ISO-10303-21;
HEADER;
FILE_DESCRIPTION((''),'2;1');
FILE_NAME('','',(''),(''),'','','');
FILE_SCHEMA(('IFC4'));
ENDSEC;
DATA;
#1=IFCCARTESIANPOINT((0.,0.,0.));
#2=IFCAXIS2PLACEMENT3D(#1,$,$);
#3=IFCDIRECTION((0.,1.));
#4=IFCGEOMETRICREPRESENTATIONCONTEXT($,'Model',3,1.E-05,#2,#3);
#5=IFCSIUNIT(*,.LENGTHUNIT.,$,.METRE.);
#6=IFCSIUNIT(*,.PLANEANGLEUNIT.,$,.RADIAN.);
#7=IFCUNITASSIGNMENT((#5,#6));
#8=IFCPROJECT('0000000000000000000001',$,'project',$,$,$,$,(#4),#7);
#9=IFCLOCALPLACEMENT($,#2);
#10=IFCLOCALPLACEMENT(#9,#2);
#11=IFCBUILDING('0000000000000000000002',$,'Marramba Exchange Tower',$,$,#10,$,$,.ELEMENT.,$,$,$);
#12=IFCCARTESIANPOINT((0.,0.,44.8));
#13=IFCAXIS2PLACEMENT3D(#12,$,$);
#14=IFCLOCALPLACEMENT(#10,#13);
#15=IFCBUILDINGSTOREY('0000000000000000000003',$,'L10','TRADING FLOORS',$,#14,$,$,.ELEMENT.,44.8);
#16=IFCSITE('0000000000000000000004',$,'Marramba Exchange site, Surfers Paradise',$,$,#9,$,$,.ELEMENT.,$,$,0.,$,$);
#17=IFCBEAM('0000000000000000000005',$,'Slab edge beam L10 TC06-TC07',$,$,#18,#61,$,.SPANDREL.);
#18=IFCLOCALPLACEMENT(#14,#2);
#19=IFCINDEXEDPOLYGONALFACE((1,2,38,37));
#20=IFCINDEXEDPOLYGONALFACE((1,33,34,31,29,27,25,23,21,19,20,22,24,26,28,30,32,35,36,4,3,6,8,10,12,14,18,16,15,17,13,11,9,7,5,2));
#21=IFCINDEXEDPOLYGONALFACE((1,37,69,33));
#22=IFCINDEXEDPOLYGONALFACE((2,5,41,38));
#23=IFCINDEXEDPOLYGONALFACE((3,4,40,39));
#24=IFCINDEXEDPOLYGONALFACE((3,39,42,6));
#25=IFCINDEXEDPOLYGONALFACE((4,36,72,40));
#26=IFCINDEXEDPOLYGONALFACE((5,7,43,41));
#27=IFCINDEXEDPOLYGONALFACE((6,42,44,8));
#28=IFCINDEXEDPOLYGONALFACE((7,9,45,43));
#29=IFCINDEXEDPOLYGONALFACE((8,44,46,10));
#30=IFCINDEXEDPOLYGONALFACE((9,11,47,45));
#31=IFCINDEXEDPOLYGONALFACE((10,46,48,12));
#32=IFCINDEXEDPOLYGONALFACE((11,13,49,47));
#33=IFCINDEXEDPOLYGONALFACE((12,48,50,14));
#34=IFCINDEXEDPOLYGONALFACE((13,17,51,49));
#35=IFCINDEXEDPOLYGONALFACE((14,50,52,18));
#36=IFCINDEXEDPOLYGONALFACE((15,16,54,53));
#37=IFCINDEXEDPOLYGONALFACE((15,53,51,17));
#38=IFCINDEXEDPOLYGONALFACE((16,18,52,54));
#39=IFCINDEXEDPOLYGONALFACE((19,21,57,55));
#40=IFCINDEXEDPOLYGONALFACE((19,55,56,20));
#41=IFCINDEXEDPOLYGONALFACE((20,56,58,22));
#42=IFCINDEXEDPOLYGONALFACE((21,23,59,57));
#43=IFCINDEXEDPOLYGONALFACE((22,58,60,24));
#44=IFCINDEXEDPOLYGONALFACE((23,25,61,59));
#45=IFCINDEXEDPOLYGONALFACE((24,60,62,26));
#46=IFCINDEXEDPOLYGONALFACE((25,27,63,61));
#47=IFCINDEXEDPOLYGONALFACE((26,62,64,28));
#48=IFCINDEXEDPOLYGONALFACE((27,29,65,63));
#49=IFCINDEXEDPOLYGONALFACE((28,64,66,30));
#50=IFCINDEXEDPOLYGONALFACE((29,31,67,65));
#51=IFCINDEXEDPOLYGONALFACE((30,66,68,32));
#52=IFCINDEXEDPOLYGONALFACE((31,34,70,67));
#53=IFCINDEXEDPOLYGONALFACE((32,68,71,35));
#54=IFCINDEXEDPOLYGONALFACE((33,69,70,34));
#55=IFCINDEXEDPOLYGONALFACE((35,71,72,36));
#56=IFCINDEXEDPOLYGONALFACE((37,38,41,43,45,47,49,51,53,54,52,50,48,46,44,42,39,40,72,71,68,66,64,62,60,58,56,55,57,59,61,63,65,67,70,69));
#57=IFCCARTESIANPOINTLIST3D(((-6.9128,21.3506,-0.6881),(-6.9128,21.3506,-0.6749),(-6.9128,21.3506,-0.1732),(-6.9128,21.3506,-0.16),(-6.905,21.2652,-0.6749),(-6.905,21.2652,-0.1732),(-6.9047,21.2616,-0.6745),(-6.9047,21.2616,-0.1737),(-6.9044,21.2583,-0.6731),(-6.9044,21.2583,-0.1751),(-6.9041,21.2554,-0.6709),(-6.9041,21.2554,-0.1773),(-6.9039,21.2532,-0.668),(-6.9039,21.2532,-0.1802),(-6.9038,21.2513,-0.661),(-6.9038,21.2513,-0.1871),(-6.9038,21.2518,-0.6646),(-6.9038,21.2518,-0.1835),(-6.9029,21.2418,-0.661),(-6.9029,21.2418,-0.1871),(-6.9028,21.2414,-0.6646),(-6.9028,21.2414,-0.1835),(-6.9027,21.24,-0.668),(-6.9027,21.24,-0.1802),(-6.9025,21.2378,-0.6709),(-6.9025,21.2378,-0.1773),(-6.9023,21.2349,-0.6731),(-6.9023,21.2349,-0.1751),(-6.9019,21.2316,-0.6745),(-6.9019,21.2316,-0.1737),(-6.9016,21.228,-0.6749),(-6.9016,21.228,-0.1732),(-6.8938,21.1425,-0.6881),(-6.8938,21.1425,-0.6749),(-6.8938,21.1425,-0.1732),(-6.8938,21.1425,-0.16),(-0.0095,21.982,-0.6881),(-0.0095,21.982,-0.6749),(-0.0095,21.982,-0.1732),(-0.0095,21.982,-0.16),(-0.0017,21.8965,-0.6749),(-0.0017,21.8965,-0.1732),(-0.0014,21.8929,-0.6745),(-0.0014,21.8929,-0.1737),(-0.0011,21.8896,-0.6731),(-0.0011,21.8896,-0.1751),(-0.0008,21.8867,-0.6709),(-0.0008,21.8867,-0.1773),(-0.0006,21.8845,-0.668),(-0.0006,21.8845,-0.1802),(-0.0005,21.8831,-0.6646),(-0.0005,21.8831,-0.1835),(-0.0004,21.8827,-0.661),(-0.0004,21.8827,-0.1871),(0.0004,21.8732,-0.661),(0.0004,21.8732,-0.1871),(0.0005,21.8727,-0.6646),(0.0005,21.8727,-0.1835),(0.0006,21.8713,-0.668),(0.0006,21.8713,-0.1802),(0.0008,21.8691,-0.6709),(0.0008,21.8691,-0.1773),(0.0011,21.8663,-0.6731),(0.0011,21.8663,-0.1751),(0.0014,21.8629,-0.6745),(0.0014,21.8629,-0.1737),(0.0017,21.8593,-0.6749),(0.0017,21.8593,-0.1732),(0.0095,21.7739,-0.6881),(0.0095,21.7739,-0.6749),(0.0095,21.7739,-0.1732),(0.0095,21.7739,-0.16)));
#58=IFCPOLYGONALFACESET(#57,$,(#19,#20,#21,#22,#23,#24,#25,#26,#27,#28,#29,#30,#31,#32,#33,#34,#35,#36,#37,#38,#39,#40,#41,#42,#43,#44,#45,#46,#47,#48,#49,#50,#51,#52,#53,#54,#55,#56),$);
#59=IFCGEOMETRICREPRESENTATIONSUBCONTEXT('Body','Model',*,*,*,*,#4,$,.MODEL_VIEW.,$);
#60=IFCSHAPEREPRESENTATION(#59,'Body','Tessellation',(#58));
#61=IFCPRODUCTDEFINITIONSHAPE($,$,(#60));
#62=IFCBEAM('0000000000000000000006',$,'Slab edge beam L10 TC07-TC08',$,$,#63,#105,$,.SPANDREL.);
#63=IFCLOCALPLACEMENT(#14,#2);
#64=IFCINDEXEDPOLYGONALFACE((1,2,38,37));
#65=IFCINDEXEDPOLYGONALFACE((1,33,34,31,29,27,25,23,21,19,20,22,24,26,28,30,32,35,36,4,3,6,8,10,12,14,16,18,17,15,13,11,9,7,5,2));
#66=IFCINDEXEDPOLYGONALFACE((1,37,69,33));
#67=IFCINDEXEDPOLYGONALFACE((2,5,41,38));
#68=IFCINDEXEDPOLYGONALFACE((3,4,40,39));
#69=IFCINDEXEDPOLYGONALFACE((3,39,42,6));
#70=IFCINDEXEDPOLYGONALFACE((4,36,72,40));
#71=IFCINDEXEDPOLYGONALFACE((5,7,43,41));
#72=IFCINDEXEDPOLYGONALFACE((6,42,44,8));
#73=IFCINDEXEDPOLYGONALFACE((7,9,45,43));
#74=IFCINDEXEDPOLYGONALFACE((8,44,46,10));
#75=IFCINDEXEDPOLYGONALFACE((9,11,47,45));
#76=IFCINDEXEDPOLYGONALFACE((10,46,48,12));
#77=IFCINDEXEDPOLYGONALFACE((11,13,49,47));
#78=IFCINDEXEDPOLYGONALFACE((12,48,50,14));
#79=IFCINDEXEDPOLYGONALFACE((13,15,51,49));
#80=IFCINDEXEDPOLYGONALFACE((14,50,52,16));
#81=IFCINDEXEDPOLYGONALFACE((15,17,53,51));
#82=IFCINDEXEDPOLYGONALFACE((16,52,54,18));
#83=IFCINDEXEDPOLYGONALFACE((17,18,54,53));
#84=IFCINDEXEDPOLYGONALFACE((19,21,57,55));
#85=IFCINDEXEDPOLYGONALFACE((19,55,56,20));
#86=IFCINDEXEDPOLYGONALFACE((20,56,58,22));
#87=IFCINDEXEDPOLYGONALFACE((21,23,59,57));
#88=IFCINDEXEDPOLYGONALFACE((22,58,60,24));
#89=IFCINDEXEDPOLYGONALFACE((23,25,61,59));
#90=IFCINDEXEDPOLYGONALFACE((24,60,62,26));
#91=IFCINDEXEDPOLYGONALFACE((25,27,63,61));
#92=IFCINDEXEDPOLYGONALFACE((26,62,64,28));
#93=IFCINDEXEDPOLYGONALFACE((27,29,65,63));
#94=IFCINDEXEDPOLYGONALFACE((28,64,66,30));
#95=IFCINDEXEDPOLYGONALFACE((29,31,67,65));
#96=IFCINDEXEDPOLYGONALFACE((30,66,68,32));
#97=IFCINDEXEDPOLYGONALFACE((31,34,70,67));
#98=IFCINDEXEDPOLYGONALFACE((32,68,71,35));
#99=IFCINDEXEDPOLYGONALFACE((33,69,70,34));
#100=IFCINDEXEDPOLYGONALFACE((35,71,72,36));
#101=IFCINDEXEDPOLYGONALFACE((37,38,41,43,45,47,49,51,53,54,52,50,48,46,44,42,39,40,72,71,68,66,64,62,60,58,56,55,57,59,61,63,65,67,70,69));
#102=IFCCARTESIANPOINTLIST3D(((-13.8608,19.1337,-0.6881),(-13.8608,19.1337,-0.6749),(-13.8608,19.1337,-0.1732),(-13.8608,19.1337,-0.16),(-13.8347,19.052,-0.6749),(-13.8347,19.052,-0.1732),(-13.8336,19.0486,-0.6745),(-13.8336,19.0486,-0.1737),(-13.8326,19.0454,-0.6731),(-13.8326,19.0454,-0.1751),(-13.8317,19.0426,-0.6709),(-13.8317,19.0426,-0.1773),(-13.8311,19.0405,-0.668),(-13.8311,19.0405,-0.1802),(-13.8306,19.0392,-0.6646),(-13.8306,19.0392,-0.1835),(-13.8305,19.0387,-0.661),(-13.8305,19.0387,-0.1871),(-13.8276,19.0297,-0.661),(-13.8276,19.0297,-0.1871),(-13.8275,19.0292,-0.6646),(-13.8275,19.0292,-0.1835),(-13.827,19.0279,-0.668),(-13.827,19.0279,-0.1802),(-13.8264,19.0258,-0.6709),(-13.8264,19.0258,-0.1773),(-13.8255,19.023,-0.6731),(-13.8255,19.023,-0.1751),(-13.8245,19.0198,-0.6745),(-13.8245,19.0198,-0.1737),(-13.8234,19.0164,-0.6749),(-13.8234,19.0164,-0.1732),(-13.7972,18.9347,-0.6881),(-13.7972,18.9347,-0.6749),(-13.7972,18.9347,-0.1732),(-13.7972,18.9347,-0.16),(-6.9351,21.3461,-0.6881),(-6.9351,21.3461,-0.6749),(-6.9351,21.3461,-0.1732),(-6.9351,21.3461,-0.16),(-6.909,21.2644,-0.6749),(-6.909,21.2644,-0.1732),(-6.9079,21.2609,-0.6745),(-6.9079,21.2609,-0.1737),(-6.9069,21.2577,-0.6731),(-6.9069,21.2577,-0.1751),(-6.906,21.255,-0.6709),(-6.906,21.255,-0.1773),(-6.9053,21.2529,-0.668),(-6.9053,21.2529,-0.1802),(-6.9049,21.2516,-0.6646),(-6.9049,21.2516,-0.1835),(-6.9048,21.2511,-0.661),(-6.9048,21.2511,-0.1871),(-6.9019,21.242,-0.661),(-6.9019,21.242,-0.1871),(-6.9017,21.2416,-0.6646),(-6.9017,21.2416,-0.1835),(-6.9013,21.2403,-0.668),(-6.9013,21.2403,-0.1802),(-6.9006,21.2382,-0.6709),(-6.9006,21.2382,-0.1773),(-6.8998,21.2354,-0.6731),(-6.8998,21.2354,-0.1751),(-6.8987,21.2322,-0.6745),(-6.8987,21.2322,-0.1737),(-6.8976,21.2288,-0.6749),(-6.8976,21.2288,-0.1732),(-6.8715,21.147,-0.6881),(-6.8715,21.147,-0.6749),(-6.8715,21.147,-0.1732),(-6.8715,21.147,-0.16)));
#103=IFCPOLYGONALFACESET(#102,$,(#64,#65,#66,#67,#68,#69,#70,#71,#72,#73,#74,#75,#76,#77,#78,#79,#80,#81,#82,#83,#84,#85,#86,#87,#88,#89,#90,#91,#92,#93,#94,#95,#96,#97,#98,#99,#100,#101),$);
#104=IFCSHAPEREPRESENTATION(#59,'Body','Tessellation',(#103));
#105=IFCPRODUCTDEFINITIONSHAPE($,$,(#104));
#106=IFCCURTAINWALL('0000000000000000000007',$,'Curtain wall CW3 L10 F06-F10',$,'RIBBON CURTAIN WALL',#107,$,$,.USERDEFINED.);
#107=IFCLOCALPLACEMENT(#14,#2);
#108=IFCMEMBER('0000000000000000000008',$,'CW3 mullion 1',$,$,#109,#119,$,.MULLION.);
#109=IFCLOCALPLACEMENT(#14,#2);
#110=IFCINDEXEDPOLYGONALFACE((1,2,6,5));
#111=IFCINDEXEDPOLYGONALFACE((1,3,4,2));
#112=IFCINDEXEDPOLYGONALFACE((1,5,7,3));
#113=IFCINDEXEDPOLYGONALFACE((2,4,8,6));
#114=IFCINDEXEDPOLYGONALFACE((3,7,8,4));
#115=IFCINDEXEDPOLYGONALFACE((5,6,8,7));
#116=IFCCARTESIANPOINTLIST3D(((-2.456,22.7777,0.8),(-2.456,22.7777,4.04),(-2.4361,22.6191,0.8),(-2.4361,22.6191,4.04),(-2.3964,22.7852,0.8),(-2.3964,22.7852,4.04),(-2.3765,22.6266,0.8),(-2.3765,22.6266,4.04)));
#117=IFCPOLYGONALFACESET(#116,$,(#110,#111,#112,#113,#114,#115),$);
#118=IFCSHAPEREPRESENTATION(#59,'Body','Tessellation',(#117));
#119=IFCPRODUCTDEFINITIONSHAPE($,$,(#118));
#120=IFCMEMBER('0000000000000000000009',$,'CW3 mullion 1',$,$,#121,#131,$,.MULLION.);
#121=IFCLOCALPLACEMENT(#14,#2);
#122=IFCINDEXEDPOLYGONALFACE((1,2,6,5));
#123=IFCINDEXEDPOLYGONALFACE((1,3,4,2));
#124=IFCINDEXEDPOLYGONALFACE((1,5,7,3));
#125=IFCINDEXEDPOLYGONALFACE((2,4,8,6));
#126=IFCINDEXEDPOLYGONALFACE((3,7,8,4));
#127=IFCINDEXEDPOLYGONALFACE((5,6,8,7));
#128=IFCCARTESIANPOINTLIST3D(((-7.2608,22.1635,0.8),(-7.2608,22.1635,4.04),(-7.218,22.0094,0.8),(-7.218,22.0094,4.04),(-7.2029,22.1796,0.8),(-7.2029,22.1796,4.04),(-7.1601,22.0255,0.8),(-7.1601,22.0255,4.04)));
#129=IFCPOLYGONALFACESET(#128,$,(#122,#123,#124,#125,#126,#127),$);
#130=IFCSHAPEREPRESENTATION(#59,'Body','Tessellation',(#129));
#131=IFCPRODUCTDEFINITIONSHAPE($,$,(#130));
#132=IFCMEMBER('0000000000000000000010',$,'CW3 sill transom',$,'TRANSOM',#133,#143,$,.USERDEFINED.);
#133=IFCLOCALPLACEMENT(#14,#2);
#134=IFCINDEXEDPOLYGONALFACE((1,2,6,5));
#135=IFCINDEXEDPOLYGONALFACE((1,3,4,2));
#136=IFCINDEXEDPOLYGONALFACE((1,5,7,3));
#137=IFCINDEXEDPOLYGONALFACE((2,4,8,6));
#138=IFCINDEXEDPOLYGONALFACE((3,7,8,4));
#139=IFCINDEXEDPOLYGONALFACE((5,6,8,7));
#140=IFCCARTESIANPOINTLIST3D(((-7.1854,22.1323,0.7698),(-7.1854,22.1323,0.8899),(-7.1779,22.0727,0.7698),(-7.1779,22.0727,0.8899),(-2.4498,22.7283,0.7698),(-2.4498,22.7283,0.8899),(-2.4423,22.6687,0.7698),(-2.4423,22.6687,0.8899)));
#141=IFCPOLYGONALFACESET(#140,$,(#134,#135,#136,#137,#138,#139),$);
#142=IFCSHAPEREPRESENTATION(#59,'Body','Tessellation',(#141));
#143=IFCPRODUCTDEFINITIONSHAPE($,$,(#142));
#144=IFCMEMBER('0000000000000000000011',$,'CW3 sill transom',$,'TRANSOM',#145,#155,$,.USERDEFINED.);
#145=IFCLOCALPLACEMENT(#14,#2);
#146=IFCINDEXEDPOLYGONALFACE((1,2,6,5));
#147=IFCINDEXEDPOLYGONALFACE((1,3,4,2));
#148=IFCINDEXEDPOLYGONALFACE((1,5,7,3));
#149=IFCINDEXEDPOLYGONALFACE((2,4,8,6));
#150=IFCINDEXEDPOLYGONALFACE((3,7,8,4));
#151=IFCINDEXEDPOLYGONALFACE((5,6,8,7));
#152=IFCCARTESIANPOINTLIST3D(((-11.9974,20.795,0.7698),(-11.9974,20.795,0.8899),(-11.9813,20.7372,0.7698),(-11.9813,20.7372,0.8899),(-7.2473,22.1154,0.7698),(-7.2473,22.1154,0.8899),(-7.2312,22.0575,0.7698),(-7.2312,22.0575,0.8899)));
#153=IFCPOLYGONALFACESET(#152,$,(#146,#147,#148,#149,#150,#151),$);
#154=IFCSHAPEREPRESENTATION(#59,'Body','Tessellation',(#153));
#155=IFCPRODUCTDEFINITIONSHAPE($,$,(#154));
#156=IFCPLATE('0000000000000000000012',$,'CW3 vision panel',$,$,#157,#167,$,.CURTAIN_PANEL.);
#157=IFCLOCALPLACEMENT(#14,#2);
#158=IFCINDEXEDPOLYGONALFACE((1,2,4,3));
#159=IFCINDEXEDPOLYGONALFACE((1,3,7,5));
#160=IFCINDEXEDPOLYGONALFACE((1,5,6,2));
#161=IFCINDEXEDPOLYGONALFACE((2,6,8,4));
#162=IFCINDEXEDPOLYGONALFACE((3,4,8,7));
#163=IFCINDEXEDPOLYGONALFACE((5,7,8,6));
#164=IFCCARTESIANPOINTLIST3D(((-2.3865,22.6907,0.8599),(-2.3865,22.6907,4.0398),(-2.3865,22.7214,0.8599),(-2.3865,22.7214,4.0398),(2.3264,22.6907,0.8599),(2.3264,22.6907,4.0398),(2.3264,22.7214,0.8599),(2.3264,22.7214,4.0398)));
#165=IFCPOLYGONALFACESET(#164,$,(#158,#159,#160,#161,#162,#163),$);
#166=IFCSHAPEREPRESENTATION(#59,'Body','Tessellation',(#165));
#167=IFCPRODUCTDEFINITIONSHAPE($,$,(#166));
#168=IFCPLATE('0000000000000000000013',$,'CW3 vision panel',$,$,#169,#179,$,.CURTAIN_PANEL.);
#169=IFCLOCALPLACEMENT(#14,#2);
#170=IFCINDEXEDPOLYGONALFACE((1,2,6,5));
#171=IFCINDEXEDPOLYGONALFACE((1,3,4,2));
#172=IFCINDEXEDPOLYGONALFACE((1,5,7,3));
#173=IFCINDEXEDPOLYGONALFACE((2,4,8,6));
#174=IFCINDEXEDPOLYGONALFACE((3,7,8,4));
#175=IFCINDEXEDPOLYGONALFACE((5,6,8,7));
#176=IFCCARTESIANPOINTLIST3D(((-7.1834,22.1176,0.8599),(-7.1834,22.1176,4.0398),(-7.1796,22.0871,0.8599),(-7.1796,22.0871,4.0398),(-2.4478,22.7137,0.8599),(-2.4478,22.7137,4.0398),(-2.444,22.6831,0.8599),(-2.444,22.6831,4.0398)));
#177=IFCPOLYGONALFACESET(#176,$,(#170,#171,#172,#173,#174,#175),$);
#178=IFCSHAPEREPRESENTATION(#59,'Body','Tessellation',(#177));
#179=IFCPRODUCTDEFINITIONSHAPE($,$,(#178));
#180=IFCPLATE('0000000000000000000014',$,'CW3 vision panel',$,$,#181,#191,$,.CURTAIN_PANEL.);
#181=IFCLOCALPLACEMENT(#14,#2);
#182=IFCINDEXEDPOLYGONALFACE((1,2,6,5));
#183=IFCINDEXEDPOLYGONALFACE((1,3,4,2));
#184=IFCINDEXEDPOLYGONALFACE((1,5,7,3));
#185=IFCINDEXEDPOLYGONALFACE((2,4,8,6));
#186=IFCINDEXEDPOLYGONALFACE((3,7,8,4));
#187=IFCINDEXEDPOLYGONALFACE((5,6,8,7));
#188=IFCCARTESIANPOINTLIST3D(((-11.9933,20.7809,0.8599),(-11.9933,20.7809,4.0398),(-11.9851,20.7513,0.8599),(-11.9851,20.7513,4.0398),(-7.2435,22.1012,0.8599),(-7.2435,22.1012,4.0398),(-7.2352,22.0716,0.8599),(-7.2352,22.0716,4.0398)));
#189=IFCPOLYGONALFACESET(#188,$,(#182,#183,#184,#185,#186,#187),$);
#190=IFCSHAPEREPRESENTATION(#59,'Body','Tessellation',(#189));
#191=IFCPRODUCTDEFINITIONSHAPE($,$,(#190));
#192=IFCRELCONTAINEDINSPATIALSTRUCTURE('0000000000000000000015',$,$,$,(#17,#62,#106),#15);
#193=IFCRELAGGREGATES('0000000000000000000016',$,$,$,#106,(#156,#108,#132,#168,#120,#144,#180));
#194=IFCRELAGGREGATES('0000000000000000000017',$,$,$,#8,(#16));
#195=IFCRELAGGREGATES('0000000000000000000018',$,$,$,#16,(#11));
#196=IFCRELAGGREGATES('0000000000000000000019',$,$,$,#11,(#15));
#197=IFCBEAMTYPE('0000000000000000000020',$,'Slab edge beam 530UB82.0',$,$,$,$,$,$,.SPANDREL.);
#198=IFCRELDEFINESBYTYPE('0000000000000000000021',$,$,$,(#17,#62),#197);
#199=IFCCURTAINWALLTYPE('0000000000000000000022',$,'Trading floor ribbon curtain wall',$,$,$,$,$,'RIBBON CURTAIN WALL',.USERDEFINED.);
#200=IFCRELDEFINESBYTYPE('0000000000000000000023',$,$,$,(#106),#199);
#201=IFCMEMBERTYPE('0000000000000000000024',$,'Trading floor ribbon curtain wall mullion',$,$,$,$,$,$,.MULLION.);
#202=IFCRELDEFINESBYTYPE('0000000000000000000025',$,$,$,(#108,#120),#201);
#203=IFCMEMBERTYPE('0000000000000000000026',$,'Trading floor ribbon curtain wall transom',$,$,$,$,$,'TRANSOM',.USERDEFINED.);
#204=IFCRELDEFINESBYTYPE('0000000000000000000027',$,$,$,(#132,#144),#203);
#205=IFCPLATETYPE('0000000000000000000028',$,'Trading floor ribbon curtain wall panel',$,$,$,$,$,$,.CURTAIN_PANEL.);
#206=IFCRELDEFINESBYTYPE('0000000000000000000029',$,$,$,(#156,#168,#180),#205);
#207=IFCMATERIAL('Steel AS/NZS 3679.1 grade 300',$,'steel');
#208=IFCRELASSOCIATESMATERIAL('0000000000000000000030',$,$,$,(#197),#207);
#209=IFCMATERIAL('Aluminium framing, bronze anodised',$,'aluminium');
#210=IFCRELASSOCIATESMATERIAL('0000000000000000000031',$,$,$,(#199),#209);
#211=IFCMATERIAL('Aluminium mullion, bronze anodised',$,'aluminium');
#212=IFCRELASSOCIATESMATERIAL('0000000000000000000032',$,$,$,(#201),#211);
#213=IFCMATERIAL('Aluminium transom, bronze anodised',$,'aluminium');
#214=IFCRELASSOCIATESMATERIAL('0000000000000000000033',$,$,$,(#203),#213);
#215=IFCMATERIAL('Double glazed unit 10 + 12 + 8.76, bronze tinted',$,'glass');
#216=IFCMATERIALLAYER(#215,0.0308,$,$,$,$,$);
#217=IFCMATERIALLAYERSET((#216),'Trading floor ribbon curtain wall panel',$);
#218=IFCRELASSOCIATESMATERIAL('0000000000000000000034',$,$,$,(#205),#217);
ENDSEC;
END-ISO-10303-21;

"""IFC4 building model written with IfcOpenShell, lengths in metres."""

from ifc_helpers import new_model, si_unit, direction, frame, origin, origin_2d, place, context, subcontext, project, spatial, rectangle, i_section, extrude, material, layer, layer_set, material_profile, profile_set, type_object, element, aggregate, save


model = new_model("IFC4")

# Units and contexts
model_context = context("Model", 3, precision=1e-05, world=origin(), true_north=direction((0.0, 1.0)))
body_context = subcontext(model_context, "Body", "Model", "MODEL_VIEW")
ifc_project = project(units=[si_unit("LENGTHUNIT", "METRE"), si_unit("PLANEANGLEUNIT", "RADIAN")], contexts=[model_context])

# Site, building, storey
site_placement = place(None, origin())
site = spatial("IfcSite", under=ifc_project, at=site_placement, Name="Marramba Exchange site, Surfers Paradise", CompositionType="ELEMENT", RefElevation=0.0)
building_placement = place(site_placement, origin())
building = spatial("IfcBuilding", under=site, at=building_placement, Name="Marramba Exchange Tower", CompositionType="ELEMENT")
storey_placement = place(building_placement, frame((0.0, 0.0, 44.8)))
storey = spatial("IfcBuildingStorey", under=building, at=storey_placement, Name="L10", Description="TRADING FLOORS", CompositionType="ELEMENT", Elevation=44.8)

# Beams
ifc_material_1 = material(Name="Steel AS/NZS 3679.1 grade 300", Category="steel")
ifc_material_profile_1 = material_profile(ifc_material_1, i_section(OverallWidth=0.209, OverallDepth=0.5281, WebThickness=0.0095, FlangeThickness=0.0132, FilletRadius=0.0139, at=origin_2d()), Name="530UB82.0")
ifc_profile_set_1 = profile_set([ifc_material_profile_1], Name="Steel AS/NZS 3679.1 grade 300")
beam_type_1 = type_object("IfcBeamType", Name="Slab edge beam 530UB82.0", PredefinedType="SPANDREL", material=ifc_profile_set_1)
beam_1_placement = place(storey_placement, frame((0.0, 21.8779, -0.4241), z_axis=(-0.995844, -0.091076, 0.0), x_axis=(0.091076, -0.995844, 0.0)))
element("IfcBeam", 1, at=beam_1_placement, inside=storey, type_object=beam_type_1, Name="Slab edge beam L10 TC06-TC07", PredefinedType="SPANDREL", context=body_context, shape_type="SweptSolid", body=[
    extrude(i_section(OverallWidth=0.209, OverallDepth=0.5281, WebThickness=0.0095, FlangeThickness=0.0132, FilletRadius=0.0139, at=origin_2d()), origin(), (0.0, 0.0, 1.0), 6.9321),
])
beam_2_placement = place(storey_placement, frame((-6.9033, 21.2466, -0.4241), z_axis=(-0.952578, -0.304296, 0.0), x_axis=(0.304296, -0.952578, 0.0)))
element("IfcBeam", 2, at=beam_2_placement, inside=storey, type_object=beam_type_1, Name="Slab edge beam L10 TC07-TC08", PredefinedType="SPANDREL", context=body_context, shape_type="SweptSolid", body=[
    extrude(i_section(OverallWidth=0.209, OverallDepth=0.5281, WebThickness=0.0095, FlangeThickness=0.0132, FilletRadius=0.0139, at=origin_2d()), origin(), (0.0, 0.0, 1.0), 7.2705),
])

# Curtain wall, members, plates
ifc_material_2 = material(Name="Aluminium framing, bronze anodised", Category="aluminium")
curtain_wall_type = type_object("IfcCurtainWallType", Name="Trading floor ribbon curtain wall", ElementType="RIBBON CURTAIN WALL", PredefinedType="USERDEFINED", material=ifc_material_2)
curtain_wall_placement = place(storey_placement, origin())
curtain_wall = element("IfcCurtainWall", 3, at=curtain_wall_placement, inside=storey, type_object=curtain_wall_type, Name="Curtain wall CW3 L10 F06-F10", ObjectType="RIBBON CURTAIN WALL", PredefinedType="USERDEFINED")
ifc_material_3 = material(Name="Aluminium mullion, bronze anodised", Category="aluminium")
ifc_material_profile_2 = material_profile(ifc_material_3, rectangle(XDim=0.1599, YDim=0.0601, at=origin_2d()), Name="CW3 mullion 60x160")
ifc_profile_set_2 = profile_set([ifc_material_profile_2], Name="Aluminium mullion, bronze anodised")
member_type_1 = type_object("IfcMemberType", Name="Trading floor ribbon curtain wall mullion", PredefinedType="MULLION", material=ifc_profile_set_2)
member_1_placement = place(storey_placement, frame((-2.4163, 22.7021, 0.8), z_axis=(0.0, 0.0, 1.0), x_axis=(0.124873, -0.992173, 0.0)))
member_1 = element("IfcMember", 4, at=member_1_placement, type_object=member_type_1, Name="CW3 mullion 1", PredefinedType="MULLION", context=body_context, shape_type="SweptSolid", body=[
    extrude(rectangle(XDim=0.1599, YDim=0.0601, at=origin_2d()), origin(), (0.0, 0.0, 1.0), 3.24),
])
member_2_placement = place(storey_placement, frame((-7.2104, 22.0945, 0.8), z_axis=(0.0, 0.0, 1.0), x_axis=(0.267809, -0.963472, 0.0)))
member_2 = element("IfcMember", 5, at=member_2_placement, type_object=member_type_1, Name="CW3 mullion 1", PredefinedType="MULLION", context=body_context, shape_type="SweptSolid", body=[
    extrude(rectangle(XDim=0.1599, YDim=0.0601, at=origin_2d()), origin(), (0.0, 0.0, 1.0), 3.24),
])
ifc_material_4 = material(Name="Aluminium transom, bronze anodised", Category="aluminium")
ifc_material_profile_3 = material_profile(ifc_material_4, rectangle(XDim=0.0601, YDim=0.1201, at=origin_2d()), Name="CW3 transom 60x120")
ifc_profile_set_3 = profile_set([ifc_material_profile_3], Name="Aluminium transom, bronze anodised")
member_type_2 = type_object("IfcMemberType", Name="Trading floor ribbon curtain wall transom", ElementType="TRANSOM", PredefinedType="USERDEFINED", material=ifc_profile_set_3)
member_3_placement = place(storey_placement, frame((-2.446, 22.6985, 0.8298), z_axis=(-0.992174, -0.124859, 0.0), x_axis=(0.124859, -0.992174, 0.0)))
member_3 = element("IfcMember", 6, at=member_3_placement, type_object=member_type_2, Name="CW3 sill transom", ObjectType="TRANSOM", PredefinedType="USERDEFINED", context=body_context, shape_type="SweptSolid", body=[
    extrude(rectangle(XDim=0.0601, YDim=0.1201, at=origin_2d()), origin(), (0.0, 0.0, 1.0), 4.7729),
])
member_4_placement = place(storey_placement, frame((-7.2393, 22.0864, 0.8298), z_axis=(-0.963472, -0.267807, 0.0), x_axis=(0.267807, -0.963472, 0.0)))
member_4 = element("IfcMember", 7, at=member_4_placement, type_object=member_type_2, Name="CW3 sill transom", ObjectType="TRANSOM", PredefinedType="USERDEFINED", context=body_context, shape_type="SweptSolid", body=[
    extrude(rectangle(XDim=0.0601, YDim=0.1201, at=origin_2d()), origin(), (0.0, 0.0, 1.0), 4.9302),
])
ifc_material_5 = material(Name="Double glazed unit 10 + 12 + 8.76, bronze tinted", Category="glass")
ifc_layer_1 = layer(ifc_material_5, 0.0308)
ifc_layer_set_1 = layer_set([ifc_layer_1], Name="Trading floor ribbon curtain wall panel")
plate_type = type_object("IfcPlateType", Name="Trading floor ribbon curtain wall panel", PredefinedType="CURTAIN_PANEL", material=ifc_layer_set_1)
plate_1_placement = place(storey_placement, frame((-0.03, 22.7061, 0.8599), z_axis=(0.0, 0.0, 1.0), x_axis=(-1.0, 0.0, 0.0)))
plate_1 = element("IfcPlate", 8, at=plate_1_placement, type_object=plate_type, Name="CW3 vision panel", PredefinedType="CURTAIN_PANEL", context=body_context, shape_type="SweptSolid", body=[
    extrude(rectangle(XDim=4.7129, YDim=0.0308, at=origin_2d()), origin(), (0.0, 0.0, 1.0), 3.1799),
])
plate_2_placement = place(storey_placement, frame((-4.8137, 22.4004, 0.8599), z_axis=(0.0, 0.0, 1.0), x_axis=(-0.992173, -0.124873, 0.0)))
plate_2 = element("IfcPlate", 9, at=plate_2_placement, type_object=plate_type, Name="CW3 vision panel", PredefinedType="CURTAIN_PANEL", context=body_context, shape_type="SweptSolid", body=[
    extrude(rectangle(XDim=4.7729, YDim=0.0308, at=origin_2d()), origin(), (0.0, 0.0, 1.0), 3.1799),
])
plate_3_placement = place(storey_placement, frame((-9.6143, 21.4263, 0.8599), z_axis=(0.0, 0.0, 1.0), x_axis=(-0.963472, -0.267809, 0.0)))
plate_3 = element("IfcPlate", 10, at=plate_3_placement, type_object=plate_type, Name="CW3 vision panel", PredefinedType="CURTAIN_PANEL", context=body_context, shape_type="SweptSolid", body=[
    extrude(rectangle(XDim=4.9299, YDim=0.0308, at=origin_2d()), origin(), (0.0, 0.0, 1.0), 3.1799),
])
aggregate(curtain_wall, [plate_1, member_1, member_3, plate_2, member_2, member_4, plate_3])

save(model, "model.ifc")
